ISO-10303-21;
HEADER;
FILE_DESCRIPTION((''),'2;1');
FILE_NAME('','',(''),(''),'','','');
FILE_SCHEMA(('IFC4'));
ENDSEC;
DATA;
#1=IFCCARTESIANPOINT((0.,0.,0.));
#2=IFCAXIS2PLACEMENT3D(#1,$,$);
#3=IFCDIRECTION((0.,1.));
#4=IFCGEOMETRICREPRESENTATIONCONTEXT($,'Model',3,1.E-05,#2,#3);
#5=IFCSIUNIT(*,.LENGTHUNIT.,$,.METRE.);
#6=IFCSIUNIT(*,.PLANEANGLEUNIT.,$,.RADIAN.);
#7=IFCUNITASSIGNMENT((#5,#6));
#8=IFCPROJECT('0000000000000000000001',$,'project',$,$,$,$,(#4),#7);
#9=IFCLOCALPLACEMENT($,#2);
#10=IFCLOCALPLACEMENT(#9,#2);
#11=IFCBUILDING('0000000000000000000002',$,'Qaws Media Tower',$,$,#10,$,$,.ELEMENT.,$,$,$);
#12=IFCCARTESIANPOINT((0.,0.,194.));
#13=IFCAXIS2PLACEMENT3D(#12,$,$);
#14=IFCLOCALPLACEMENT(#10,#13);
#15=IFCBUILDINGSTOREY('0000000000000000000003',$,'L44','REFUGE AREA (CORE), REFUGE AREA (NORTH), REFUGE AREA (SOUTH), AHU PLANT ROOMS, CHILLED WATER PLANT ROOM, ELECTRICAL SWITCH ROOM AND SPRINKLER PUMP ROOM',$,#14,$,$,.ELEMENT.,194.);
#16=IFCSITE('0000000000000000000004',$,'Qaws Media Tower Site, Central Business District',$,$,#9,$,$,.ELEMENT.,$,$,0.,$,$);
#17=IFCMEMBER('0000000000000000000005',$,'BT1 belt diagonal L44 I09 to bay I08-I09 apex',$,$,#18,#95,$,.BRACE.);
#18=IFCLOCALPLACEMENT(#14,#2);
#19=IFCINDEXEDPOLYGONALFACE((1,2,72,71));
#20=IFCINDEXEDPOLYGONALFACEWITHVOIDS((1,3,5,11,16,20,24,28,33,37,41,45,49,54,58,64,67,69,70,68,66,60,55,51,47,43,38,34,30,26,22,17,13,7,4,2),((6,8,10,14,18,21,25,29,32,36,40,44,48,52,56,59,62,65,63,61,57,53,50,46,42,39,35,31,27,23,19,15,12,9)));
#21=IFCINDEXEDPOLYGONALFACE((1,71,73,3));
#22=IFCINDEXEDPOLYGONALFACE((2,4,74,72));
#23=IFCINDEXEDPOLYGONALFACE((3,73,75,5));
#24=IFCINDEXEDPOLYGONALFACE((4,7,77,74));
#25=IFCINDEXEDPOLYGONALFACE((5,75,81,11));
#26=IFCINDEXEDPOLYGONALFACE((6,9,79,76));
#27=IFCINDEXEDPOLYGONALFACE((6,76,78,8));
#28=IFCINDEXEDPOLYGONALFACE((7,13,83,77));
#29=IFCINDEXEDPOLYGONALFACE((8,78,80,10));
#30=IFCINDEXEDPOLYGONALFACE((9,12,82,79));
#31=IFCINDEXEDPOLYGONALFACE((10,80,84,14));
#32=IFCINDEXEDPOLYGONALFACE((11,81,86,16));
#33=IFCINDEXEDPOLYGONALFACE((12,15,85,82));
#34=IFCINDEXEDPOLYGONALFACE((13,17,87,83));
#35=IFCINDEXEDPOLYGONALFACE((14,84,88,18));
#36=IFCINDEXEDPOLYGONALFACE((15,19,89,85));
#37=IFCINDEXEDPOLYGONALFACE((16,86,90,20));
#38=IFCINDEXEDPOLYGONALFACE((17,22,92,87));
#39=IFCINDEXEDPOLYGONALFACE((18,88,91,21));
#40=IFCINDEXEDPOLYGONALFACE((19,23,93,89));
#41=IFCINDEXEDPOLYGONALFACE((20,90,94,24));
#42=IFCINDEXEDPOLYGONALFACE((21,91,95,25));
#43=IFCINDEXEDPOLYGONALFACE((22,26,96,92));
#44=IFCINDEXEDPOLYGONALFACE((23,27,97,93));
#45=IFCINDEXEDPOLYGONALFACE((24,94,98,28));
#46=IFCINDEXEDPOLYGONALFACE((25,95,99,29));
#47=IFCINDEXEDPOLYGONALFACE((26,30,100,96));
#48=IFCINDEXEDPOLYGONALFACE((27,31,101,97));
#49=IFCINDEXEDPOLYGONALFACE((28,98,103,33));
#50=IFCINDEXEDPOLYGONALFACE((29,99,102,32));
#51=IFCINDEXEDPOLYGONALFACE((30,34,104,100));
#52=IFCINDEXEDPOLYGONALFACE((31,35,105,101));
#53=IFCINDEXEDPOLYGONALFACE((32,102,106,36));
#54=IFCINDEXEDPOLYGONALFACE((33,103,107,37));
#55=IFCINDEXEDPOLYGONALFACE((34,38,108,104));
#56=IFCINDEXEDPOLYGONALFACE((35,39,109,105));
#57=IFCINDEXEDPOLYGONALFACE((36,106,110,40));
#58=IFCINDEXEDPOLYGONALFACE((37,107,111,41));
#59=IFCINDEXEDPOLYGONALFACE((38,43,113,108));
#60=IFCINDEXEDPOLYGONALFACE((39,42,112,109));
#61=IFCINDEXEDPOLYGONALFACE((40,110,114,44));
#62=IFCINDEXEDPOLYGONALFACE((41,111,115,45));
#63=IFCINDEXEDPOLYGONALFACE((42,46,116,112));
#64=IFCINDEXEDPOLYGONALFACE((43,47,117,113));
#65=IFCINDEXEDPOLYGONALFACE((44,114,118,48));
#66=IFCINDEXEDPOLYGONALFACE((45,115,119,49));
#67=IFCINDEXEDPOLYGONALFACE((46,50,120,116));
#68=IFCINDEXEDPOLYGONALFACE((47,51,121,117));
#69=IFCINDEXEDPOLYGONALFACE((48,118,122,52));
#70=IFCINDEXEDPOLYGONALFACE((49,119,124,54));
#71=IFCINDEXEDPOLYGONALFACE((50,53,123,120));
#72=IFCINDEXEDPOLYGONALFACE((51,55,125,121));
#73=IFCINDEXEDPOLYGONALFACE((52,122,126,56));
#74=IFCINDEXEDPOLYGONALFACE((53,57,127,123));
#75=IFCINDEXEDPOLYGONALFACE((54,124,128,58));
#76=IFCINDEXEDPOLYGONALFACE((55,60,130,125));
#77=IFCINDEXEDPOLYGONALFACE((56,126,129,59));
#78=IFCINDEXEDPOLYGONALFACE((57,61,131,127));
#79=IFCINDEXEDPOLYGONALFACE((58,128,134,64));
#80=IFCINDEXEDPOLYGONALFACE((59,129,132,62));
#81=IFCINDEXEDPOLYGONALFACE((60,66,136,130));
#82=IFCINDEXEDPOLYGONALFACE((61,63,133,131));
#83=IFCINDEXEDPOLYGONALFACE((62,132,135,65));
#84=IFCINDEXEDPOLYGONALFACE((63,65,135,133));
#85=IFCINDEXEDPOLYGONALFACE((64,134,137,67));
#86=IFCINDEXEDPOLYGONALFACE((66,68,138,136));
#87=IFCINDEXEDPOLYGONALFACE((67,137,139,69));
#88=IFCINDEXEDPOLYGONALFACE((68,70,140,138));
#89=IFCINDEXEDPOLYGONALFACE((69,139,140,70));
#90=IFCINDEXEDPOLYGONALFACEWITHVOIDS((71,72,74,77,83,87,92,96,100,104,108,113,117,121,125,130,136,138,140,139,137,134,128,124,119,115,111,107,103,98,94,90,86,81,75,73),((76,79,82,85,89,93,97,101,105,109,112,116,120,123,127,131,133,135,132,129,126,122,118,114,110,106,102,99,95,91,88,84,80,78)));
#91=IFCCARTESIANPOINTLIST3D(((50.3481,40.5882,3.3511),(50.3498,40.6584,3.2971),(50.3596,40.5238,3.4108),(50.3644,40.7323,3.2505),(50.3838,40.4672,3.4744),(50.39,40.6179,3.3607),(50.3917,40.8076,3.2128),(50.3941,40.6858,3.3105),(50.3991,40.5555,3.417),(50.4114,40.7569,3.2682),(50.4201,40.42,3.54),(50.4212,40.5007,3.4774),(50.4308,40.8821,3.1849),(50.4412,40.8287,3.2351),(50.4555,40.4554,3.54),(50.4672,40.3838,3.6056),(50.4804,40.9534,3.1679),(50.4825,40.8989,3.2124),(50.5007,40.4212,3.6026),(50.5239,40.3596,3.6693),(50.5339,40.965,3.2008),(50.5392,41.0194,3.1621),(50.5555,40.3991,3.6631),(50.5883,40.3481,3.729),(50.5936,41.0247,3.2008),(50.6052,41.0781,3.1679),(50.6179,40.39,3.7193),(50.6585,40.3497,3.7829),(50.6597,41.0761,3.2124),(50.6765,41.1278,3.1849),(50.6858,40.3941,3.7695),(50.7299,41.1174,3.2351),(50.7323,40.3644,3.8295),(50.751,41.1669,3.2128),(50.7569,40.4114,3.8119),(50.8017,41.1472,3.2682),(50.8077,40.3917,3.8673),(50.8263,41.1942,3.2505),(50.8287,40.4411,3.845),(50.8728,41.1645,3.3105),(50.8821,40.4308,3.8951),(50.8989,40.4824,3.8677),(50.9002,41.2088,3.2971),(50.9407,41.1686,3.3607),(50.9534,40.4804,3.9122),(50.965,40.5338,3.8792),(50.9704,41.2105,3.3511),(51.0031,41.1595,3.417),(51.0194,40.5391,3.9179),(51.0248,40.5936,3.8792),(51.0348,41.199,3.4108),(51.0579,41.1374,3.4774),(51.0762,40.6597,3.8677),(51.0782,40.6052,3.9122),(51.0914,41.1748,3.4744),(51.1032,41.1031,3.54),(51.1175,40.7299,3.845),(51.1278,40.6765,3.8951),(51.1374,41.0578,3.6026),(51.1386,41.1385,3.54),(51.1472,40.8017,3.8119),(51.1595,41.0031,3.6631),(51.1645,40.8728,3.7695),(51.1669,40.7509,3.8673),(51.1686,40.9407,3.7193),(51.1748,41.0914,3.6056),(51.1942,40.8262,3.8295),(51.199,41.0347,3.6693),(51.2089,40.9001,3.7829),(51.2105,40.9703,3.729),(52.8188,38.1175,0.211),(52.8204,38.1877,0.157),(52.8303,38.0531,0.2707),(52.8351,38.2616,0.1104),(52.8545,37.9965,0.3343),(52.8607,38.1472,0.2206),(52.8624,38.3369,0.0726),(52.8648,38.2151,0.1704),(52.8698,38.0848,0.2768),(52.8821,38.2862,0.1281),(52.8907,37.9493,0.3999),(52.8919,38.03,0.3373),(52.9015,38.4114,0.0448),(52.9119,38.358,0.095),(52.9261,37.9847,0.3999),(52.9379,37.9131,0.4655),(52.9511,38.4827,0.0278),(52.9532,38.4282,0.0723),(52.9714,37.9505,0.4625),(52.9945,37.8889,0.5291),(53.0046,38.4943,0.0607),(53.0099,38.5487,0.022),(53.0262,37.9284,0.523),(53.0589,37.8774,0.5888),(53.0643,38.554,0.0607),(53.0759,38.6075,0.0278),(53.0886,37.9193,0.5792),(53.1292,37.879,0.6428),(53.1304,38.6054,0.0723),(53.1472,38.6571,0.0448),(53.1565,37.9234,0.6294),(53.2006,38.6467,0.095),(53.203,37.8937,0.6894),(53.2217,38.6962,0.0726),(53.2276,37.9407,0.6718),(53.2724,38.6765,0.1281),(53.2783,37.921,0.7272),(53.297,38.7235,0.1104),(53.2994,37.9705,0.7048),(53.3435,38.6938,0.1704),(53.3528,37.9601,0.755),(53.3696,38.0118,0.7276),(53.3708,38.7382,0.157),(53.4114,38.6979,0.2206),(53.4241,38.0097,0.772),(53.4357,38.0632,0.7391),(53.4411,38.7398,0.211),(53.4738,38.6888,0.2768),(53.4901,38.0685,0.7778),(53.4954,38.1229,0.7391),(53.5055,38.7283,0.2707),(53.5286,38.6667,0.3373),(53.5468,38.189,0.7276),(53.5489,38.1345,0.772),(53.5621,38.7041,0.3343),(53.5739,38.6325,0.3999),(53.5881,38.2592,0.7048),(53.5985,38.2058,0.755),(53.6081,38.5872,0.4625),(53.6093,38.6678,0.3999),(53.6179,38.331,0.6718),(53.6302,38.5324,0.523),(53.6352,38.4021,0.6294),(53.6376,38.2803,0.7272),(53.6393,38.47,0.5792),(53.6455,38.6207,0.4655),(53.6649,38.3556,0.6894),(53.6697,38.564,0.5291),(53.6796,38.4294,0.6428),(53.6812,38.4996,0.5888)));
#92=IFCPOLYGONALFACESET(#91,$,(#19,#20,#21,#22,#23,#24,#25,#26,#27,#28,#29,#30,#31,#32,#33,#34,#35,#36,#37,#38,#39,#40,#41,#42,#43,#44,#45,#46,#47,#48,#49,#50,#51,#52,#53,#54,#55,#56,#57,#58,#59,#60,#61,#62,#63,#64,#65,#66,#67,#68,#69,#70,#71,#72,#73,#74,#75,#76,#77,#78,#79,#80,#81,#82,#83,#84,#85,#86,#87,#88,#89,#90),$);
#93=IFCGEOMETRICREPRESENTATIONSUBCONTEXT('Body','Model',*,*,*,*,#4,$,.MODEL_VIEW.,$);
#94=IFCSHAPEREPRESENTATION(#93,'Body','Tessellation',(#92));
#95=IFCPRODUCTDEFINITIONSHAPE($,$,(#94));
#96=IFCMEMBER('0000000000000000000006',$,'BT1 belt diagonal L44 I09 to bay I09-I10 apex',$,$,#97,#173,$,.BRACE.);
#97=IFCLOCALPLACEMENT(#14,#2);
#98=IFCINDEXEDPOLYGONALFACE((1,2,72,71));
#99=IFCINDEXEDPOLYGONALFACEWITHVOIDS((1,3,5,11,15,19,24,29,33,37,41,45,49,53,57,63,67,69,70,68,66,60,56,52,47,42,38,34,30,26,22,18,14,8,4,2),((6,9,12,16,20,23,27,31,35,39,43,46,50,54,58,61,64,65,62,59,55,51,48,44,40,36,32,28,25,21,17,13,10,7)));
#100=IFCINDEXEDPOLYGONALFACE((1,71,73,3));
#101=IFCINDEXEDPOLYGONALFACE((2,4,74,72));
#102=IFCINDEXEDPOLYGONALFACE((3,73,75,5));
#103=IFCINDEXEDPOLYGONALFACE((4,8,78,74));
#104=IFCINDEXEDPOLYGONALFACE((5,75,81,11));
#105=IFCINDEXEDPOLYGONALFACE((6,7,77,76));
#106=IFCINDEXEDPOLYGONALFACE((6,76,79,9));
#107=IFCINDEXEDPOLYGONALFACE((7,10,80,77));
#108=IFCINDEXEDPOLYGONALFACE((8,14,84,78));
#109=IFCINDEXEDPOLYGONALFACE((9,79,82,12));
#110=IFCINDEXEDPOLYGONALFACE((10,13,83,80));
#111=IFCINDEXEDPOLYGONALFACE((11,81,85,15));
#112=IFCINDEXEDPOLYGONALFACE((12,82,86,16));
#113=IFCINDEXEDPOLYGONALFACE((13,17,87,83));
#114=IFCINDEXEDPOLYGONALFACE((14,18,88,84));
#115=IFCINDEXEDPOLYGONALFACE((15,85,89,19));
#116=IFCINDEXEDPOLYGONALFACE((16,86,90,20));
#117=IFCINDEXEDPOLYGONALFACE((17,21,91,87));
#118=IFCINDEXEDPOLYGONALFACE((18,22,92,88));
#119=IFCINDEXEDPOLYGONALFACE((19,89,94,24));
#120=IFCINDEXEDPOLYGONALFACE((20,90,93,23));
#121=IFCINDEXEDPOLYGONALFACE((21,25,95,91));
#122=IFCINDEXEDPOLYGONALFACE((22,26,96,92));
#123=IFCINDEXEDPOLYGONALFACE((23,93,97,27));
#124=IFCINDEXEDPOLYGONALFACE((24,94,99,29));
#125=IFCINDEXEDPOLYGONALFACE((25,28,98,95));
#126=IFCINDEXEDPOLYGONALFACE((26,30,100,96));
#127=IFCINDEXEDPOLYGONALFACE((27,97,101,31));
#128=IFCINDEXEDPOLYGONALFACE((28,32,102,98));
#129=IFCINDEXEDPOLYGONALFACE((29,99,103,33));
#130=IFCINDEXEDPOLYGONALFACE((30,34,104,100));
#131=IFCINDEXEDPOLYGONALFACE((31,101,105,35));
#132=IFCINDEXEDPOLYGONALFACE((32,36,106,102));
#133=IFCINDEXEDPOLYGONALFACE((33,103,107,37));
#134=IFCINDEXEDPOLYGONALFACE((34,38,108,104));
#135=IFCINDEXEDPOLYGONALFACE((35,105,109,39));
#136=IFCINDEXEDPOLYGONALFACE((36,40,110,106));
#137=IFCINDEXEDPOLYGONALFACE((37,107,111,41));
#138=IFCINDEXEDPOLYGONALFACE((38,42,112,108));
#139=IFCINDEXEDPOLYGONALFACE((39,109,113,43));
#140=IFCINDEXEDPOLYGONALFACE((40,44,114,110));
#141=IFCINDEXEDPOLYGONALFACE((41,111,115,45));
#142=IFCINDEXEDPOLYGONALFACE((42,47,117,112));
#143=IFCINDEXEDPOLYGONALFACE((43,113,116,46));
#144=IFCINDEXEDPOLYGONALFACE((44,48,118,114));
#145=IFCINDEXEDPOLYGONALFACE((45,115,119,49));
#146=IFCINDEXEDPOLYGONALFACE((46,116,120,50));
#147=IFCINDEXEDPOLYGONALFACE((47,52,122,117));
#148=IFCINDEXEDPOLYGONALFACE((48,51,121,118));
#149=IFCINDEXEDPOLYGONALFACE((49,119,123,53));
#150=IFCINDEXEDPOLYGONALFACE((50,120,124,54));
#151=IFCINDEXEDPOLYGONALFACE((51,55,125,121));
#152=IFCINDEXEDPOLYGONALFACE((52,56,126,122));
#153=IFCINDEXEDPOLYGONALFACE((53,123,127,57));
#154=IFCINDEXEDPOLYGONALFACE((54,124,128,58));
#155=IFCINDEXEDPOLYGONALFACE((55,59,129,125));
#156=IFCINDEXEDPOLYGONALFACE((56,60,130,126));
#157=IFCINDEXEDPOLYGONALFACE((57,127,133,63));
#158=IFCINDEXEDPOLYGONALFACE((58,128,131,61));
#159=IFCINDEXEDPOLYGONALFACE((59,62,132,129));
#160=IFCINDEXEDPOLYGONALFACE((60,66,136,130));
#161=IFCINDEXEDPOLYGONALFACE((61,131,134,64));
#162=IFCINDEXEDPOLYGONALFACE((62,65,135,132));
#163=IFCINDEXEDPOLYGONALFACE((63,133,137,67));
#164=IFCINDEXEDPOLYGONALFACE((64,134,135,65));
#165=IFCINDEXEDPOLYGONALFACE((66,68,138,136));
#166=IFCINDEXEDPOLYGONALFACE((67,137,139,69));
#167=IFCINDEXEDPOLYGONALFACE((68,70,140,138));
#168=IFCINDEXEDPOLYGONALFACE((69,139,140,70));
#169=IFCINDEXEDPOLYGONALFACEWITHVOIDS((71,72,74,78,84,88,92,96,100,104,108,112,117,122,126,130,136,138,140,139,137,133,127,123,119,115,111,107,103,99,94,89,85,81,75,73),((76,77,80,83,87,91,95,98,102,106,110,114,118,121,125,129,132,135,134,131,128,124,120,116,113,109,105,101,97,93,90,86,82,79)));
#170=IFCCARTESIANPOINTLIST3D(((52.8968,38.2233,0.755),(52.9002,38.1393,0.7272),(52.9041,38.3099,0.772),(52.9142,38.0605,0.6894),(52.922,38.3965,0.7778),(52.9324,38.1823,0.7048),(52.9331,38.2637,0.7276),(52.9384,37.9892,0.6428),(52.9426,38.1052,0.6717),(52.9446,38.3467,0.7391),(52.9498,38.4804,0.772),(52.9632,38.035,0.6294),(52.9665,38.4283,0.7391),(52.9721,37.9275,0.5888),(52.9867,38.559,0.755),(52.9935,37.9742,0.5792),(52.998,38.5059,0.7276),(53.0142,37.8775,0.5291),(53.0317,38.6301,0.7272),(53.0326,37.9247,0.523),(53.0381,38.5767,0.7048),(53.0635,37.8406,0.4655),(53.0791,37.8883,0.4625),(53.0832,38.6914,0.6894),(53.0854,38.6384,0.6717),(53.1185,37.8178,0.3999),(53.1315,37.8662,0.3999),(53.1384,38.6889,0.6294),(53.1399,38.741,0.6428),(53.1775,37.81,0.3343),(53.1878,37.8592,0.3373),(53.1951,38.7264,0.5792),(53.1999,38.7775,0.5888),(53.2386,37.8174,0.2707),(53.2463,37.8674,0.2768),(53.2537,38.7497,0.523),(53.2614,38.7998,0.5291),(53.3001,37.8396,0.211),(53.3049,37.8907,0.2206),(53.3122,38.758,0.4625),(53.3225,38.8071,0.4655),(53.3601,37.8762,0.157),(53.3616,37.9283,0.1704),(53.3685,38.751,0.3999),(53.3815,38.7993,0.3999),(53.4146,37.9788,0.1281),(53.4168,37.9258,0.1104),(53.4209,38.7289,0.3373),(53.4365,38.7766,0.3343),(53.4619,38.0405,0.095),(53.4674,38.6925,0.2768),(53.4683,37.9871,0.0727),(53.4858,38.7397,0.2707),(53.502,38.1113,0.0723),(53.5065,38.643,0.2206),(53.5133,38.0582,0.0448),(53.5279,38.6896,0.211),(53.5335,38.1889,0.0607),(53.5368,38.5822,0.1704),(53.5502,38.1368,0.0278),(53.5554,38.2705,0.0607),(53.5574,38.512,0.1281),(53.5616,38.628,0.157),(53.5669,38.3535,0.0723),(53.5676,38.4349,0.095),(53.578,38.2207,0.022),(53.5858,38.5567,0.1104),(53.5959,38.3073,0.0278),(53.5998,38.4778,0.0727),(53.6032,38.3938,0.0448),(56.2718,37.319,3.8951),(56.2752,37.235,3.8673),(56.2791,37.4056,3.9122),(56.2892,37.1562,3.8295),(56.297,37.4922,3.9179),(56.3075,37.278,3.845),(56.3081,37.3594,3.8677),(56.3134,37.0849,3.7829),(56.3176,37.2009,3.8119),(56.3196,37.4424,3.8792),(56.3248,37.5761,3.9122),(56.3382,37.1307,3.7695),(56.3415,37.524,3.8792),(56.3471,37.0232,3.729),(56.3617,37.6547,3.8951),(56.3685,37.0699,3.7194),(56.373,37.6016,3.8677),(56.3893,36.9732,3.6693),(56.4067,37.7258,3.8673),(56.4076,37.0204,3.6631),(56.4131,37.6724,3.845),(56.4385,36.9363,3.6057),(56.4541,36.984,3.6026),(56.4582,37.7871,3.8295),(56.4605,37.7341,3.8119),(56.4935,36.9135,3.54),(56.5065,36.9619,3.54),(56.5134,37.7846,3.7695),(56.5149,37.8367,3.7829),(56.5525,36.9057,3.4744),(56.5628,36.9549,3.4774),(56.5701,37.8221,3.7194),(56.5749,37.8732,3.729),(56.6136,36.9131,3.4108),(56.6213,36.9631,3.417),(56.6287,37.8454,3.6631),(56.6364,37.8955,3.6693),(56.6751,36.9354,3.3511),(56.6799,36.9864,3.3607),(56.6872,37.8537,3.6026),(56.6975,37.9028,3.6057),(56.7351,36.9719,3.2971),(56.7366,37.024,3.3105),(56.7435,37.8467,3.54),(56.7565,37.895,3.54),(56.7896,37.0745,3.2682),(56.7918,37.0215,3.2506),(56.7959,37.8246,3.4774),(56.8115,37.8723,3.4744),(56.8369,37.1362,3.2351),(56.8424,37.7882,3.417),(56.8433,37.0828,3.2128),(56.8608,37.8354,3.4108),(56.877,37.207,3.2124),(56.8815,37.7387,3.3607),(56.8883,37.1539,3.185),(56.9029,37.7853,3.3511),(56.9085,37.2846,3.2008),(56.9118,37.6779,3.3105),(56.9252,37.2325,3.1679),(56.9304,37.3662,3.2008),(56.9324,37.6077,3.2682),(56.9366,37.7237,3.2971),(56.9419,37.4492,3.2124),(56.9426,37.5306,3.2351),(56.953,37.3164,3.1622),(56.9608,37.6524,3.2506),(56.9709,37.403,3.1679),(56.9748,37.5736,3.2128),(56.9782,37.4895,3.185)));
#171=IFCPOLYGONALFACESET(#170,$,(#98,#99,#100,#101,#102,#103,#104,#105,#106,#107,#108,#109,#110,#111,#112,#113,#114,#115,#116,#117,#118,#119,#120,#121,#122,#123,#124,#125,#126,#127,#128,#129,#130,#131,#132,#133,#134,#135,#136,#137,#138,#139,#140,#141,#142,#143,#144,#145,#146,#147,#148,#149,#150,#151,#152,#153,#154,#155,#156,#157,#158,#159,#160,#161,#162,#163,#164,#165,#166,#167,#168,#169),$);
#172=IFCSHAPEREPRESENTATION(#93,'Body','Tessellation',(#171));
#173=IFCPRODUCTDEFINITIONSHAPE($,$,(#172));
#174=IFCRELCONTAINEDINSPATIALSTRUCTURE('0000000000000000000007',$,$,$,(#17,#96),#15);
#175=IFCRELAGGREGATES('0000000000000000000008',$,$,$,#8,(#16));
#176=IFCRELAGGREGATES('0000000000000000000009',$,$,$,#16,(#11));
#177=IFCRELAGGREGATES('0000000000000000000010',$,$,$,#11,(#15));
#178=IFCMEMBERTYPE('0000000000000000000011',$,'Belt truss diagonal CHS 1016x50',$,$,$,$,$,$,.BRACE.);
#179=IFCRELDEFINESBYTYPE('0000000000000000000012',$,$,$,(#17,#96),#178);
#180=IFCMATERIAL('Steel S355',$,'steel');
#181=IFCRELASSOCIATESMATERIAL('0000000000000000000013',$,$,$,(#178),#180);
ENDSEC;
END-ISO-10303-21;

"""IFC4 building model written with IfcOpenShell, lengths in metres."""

from ifc_helpers import new_model, si_unit, direction, frame, origin, origin_2d, place, context, subcontext, project, spatial, hollow_circle, extrude, material, material_profile, profile_set, type_object, element, save


model = new_model("IFC4")

# Units and contexts
model_context = context("Model", 3, precision=1e-05, world=origin(), true_north=direction((0.0, 1.0)))
body_context = subcontext(model_context, "Body", "Model", "MODEL_VIEW")
ifc_project = project(units=[si_unit("LENGTHUNIT", "METRE"), si_unit("PLANEANGLEUNIT", "RADIAN")], contexts=[model_context])

# Site, building, storey
site_placement = place(None, origin())
site = spatial("IfcSite", under=ifc_project, at=site_placement, Name="Qaws Media Tower Site, Central Business District", CompositionType="ELEMENT", RefElevation=0.0)
building_placement = place(site_placement, origin())
building = spatial("IfcBuilding", under=site, at=building_placement, Name="Qaws Media Tower", CompositionType="ELEMENT")
storey_placement = place(building_placement, frame((0.0, 0.0, 194.0)))
storey = spatial("IfcBuildingStorey", under=building, at=storey_placement, Name="L44", Description="REFUGE AREA (CORE), REFUGE AREA (NORTH), REFUGE AREA (SOUTH), AHU PLANT ROOMS, CHILLED WATER PLANT ROOM, ELECTRICAL SWITCH ROOM AND SPRINKLER PUMP ROOM", CompositionType="ELEMENT", Elevation=194.0)

# Members
ifc_material_1 = material(Name="Steel S355", Category="steel")
ifc_material_profile_1 = material_profile(ifc_material_1, hollow_circle(Radius=0.5081, WallThickness=0.05, at=origin_2d()), Name="CHS 1016x50")
ifc_profile_set_1 = profile_set([ifc_material_profile_1], Name="Steel S355")
member_type_1 = type_object("IfcMemberType", Name="Belt truss diagonal CHS 1016x50", PredefinedType="BRACE", material=ifc_profile_set_1)
for number, where, z_axis, x_axis, name in (
    (1, (53.25, 38.3086, 0.3999), (-0.525929, 0.525929, 0.668429), (-0.707107, -0.707107, 0.0), "BT1 belt diagonal L44 I09 to bay I08-I09 apex"),
    (2, (53.25, 38.3086, 0.3999), (0.718429, -0.192496, 0.668434), (0.258811, 0.965928, 0.0), "BT1 belt diagonal L44 I09 to bay I09-I10 apex"),
):
    element("IfcMember", number, at=place(storey_placement, frame(where, z_axis=z_axis, x_axis=x_axis)), inside=storey, type_object=member_type_1, Name=name, PredefinedType="BRACE", context=body_context, shape_type="SweptSolid", body=[
        extrude(hollow_circle(Radius=0.5081, WallThickness=0.05, at=origin_2d()), origin(), (0.0, 0.0, 1.0), 4.6978),
    ])

save(model, "model.ifc")
